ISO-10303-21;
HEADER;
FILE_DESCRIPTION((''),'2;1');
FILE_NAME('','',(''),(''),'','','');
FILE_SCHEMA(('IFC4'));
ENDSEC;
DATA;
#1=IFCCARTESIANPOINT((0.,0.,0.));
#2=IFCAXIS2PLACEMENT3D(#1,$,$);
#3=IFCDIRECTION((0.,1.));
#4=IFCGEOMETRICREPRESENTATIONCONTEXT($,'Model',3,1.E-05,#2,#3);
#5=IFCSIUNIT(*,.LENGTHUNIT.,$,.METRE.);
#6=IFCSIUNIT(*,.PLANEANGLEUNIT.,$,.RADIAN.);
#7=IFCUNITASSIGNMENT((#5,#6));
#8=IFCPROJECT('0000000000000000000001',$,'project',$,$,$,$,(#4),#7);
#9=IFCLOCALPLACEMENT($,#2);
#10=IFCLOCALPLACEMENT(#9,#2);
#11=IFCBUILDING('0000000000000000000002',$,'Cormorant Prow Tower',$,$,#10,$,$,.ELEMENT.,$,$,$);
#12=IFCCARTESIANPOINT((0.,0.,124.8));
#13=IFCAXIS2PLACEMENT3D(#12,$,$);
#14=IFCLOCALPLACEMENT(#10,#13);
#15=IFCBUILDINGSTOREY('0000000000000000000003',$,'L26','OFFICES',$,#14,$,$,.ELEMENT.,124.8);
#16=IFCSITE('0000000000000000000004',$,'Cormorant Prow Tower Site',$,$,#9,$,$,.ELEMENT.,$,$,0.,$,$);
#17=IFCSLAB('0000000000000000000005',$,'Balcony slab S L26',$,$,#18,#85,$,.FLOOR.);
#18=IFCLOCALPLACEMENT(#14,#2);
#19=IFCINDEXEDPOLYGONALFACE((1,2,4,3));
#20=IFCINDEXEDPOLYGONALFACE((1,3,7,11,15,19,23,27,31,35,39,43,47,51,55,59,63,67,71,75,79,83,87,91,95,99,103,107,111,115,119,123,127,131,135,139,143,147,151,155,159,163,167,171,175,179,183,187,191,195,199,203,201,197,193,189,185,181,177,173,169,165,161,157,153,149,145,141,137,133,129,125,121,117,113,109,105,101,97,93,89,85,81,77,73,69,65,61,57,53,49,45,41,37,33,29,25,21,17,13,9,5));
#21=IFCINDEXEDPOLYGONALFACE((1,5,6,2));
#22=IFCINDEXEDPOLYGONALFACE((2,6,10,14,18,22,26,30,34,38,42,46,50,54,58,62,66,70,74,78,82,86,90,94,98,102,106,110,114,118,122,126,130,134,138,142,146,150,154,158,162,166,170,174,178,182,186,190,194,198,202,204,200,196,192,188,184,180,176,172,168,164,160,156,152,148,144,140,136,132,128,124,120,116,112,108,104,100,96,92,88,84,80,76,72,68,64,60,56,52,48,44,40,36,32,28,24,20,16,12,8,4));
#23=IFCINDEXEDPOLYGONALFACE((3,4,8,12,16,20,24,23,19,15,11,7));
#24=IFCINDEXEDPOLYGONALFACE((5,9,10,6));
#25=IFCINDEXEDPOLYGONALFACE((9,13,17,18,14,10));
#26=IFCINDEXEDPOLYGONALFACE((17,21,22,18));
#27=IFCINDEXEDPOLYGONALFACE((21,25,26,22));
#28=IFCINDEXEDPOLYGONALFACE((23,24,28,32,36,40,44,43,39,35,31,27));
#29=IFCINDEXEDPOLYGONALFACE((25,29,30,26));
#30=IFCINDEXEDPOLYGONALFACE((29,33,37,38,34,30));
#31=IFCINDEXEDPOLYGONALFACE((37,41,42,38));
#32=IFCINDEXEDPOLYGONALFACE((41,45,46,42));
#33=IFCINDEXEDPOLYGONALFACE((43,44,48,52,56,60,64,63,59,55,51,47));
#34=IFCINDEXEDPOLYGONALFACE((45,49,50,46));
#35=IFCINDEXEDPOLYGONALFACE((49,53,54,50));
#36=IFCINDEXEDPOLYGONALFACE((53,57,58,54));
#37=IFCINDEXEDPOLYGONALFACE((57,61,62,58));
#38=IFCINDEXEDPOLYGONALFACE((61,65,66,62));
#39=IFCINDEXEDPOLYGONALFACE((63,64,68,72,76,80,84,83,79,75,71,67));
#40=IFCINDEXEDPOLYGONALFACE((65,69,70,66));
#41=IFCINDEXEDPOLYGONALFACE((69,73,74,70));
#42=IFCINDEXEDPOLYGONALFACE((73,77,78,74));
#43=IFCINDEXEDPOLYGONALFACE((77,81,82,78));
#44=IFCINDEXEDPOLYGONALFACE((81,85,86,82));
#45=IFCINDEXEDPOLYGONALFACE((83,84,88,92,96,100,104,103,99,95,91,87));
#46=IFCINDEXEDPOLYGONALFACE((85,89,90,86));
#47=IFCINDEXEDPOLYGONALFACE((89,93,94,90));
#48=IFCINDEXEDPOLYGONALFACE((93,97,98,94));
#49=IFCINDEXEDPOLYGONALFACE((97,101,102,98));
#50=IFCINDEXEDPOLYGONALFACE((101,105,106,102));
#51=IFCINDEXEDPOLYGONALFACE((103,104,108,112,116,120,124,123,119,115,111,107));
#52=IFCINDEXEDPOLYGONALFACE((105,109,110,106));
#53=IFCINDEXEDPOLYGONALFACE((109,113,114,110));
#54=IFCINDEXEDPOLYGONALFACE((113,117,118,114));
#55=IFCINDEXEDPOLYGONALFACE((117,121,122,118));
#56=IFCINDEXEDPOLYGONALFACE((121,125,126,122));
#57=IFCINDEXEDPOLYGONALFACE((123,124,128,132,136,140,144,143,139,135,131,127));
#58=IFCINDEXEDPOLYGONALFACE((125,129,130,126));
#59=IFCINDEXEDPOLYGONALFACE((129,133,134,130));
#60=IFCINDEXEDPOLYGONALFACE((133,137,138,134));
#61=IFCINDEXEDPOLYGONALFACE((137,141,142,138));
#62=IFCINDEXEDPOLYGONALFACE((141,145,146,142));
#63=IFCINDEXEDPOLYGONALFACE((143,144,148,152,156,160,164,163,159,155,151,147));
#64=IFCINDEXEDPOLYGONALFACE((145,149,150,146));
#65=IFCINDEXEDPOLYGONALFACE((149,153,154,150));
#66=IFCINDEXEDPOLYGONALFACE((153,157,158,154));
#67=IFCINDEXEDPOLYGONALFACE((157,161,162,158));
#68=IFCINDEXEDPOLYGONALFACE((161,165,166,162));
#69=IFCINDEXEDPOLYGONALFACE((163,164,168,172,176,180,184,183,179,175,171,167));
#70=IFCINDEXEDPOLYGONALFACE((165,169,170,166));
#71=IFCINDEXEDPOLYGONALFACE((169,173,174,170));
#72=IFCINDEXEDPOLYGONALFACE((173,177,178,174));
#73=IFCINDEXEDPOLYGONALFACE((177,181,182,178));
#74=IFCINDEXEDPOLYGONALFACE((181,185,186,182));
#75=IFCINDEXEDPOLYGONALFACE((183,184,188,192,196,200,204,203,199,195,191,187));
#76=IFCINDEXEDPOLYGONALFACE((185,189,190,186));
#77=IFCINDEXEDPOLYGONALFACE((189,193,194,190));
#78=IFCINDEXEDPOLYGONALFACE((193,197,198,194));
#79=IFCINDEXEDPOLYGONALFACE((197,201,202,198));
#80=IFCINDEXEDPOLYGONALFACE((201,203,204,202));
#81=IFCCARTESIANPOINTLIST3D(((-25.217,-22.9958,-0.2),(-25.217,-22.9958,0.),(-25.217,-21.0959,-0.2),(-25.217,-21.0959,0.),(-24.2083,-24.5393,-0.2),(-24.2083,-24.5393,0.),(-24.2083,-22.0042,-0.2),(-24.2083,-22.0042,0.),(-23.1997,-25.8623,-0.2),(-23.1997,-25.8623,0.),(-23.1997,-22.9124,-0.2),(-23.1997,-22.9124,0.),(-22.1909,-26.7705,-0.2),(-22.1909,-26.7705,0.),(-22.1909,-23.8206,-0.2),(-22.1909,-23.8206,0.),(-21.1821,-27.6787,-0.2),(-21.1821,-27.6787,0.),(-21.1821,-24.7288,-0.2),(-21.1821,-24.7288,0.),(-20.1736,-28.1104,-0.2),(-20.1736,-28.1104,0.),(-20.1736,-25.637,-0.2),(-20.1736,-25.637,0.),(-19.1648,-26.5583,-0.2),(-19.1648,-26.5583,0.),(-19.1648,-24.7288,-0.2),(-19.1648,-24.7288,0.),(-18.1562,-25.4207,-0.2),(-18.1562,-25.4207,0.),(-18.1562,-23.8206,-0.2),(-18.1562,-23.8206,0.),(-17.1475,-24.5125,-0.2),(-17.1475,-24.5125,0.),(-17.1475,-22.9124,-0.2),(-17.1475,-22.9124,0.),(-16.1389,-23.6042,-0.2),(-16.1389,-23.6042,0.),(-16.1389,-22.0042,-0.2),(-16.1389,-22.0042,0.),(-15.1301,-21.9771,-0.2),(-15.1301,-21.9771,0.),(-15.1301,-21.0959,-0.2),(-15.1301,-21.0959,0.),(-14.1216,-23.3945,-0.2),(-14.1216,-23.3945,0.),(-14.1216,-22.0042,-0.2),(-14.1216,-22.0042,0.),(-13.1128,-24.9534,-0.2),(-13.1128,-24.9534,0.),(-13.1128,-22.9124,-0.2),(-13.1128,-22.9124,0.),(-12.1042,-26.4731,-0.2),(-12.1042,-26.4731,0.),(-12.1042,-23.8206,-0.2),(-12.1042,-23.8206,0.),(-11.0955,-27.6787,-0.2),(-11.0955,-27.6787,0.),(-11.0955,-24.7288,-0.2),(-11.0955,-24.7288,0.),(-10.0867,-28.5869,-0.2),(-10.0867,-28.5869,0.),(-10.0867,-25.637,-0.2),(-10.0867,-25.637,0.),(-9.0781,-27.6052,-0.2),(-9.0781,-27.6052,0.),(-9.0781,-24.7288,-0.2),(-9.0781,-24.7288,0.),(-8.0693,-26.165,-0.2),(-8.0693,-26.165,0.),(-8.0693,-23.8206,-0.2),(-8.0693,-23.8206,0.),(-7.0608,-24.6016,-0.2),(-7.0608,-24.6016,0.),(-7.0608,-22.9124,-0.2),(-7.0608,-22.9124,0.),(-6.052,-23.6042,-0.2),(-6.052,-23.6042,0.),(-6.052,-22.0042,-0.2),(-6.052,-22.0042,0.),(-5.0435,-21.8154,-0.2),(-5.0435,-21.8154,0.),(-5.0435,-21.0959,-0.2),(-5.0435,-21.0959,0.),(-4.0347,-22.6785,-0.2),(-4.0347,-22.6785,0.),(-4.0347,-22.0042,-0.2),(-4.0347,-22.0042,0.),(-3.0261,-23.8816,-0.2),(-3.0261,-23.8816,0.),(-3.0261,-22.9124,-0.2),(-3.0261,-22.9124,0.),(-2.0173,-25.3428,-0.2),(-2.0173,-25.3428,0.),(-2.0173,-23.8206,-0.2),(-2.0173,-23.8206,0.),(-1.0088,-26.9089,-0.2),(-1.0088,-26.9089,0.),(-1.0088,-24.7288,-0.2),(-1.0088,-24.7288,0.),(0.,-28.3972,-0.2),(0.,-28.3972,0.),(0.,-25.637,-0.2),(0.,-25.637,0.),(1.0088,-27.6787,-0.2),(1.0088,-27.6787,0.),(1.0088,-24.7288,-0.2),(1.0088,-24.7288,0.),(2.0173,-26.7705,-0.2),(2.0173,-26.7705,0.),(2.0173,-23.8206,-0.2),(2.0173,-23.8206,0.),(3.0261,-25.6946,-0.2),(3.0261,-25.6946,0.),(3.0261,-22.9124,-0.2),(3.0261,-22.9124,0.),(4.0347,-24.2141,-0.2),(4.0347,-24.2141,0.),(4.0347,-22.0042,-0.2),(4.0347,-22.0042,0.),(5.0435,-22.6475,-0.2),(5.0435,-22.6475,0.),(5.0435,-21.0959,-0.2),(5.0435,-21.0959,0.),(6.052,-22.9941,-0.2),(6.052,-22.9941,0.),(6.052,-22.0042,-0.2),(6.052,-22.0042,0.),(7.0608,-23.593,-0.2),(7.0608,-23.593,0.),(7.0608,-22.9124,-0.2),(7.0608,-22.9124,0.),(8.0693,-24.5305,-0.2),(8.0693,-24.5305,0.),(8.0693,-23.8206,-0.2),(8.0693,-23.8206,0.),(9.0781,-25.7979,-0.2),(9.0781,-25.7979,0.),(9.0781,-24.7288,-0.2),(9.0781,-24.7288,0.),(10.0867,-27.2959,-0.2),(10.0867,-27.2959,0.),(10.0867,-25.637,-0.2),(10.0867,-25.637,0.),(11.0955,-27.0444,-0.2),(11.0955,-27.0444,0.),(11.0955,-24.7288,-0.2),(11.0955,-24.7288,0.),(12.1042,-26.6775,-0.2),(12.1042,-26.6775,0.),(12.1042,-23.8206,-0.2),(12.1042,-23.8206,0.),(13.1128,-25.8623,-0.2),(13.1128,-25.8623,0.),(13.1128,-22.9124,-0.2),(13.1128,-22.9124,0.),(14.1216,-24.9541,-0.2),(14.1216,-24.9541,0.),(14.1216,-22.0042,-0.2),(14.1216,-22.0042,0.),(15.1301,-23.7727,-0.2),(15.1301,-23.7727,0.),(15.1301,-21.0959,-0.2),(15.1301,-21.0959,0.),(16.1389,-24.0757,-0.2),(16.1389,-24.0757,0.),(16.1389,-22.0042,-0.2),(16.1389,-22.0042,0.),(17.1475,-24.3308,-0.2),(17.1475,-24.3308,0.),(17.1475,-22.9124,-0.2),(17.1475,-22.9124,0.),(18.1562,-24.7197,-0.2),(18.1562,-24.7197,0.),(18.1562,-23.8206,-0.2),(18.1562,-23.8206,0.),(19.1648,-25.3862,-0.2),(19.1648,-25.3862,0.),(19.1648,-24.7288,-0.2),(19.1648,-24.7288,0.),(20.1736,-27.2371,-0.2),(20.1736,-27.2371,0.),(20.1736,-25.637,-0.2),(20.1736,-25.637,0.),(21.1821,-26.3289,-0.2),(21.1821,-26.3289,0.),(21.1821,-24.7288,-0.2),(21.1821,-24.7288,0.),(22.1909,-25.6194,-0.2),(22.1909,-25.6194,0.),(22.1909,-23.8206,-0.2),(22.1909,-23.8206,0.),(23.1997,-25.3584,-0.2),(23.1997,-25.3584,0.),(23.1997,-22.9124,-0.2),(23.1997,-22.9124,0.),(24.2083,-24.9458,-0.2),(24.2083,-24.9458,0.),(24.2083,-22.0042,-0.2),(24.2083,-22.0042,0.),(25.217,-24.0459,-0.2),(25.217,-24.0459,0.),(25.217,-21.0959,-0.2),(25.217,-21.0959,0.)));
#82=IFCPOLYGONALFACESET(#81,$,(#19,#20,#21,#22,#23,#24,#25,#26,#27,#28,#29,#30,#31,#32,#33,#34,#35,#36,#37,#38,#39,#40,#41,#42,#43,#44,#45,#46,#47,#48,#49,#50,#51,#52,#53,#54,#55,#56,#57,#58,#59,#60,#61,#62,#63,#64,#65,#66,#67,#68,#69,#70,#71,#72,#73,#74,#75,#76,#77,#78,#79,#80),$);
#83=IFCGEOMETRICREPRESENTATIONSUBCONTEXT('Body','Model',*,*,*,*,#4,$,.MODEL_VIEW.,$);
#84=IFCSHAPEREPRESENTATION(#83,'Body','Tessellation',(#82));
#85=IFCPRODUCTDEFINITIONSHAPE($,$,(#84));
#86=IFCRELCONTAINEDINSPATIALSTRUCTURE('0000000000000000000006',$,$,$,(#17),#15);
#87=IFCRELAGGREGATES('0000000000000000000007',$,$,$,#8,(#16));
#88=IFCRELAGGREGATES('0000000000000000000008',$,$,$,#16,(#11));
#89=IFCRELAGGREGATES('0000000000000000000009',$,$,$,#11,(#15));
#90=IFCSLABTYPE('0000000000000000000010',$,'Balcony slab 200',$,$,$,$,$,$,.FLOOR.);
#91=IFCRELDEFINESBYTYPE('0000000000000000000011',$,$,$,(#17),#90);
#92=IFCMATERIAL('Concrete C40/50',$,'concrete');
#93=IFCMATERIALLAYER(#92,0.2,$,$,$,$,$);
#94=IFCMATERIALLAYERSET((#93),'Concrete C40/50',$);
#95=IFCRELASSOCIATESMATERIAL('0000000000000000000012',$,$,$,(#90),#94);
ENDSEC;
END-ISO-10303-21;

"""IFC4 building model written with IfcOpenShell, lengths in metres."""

from ifc_helpers import new_model, si_unit, direction, frame, origin, place, context, subcontext, project, spatial, polyline, outline, extrude, material, layer, layer_set, type_object, element, save


model = new_model("IFC4")

# Units and contexts
model_context = context("Model", 3, precision=1e-05, world=origin(), true_north=direction((0.0, 1.0)))
body_context = subcontext(model_context, "Body", "Model", "MODEL_VIEW")
ifc_project = project(units=[si_unit("LENGTHUNIT", "METRE"), si_unit("PLANEANGLEUNIT", "RADIAN")], contexts=[model_context])

# Site, building, storey
site_placement = place(None, origin())
site = spatial("IfcSite", under=ifc_project, at=site_placement, Name="Cormorant Prow Tower Site", CompositionType="ELEMENT", RefElevation=0.0)
building_placement = place(site_placement, origin())
building = spatial("IfcBuilding", under=site, at=building_placement, Name="Cormorant Prow Tower", CompositionType="ELEMENT")
storey_placement = place(building_placement, frame((0.0, 0.0, 124.8)))
storey = spatial("IfcBuildingStorey", under=building, at=storey_placement, Name="L26", Description="OFFICES", CompositionType="ELEMENT", Elevation=124.8)

# Slab
ifc_material_1 = material(Name="Concrete C40/50", Category="concrete")
ifc_layer_1 = layer(ifc_material_1, 0.2)
ifc_layer_set_1 = layer_set([ifc_layer_1], Name="Concrete C40/50")
slab_type_1 = type_object("IfcSlabType", Name="Balcony slab 200", PredefinedType="FLOOR", material=ifc_layer_set_1)
slab_1_placement = place(storey_placement, frame((0.0, 0.0, -0.2)))
element("IfcSlab", 1, at=slab_1_placement, inside=storey, type_object=slab_type_1, Name="Balcony slab S L26", PredefinedType="FLOOR", context=body_context, shape_type="SweptSolid", body=[
    extrude(outline(polyline([(-25.217, -21.0959), (-25.217, -22.9958), (-24.2083, -24.5393), (-23.1997, -25.8623), (-22.1909, -26.7705), (-21.1821, -27.6787), (-20.1736, -28.1104), (-19.1648, -26.5583), (-18.1562, -25.4207), (-17.1475, -24.5125), (-16.1389, -23.6042), (-15.1301, -21.9771), (-14.1216, -23.3945), (-13.1128, -24.9534), (-12.1042, -26.4731), (-11.0955, -27.6787), (-10.0867, -28.5869), (-9.0781, -27.6052), (-8.0693, -26.165), (-7.0608, -24.6016), (-6.052, -23.6042), (-5.0435, -21.8154), (-4.0347, -22.6785), (-3.0261, -23.8816), (-2.0173, -25.3428), (-1.0088, -26.9089), (0.0, -28.3972), (1.0088, -27.6787), (2.0173, -26.7705), (3.0261, -25.6946), (4.0347, -24.2141), (5.0435, -22.6475), (6.052, -22.9941), (7.0608, -23.593), (8.0693, -24.5305), (9.0781, -25.7979), (10.0867, -27.2959), (11.0955, -27.0444), (12.1042, -26.6775), (13.1128, -25.8623), (14.1216, -24.9541), (15.1301, -23.7727), (16.1389, -24.0757), (17.1475, -24.3308), (18.1562, -24.7197), (19.1648, -25.3862), (20.1736, -27.2371), (21.1821, -26.3289), (22.1909, -25.6194), (23.1997, -25.3584), (24.2083, -24.9458), (25.217, -24.0459), (25.217, -21.0959), (24.2083, -22.0042), (23.1997, -22.9124), (22.1909, -23.8206), (21.1821, -24.7288), (20.1736, -25.637), (19.1648, -24.7288), (18.1562, -23.8206), (17.1475, -22.9124), (16.1389, -22.0042), (15.1301, -21.0959), (14.1216, -22.0042), (13.1128, -22.9124), (12.1042, -23.8206), (11.0955, -24.7288), (10.0867, -25.637), (9.0781, -24.7288), (8.0693, -23.8206), (7.0608, -22.9124), (6.052, -22.0042), (5.0435, -21.0959), (4.0347, -22.0042), (3.0261, -22.9124), (2.0173, -23.8206), (1.0088, -24.7288), (0.0, -25.637), (-1.0088, -24.7288), (-2.0173, -23.8206), (-3.0261, -22.9124), (-4.0347, -22.0042), (-5.0435, -21.0959), (-6.052, -22.0042), (-7.0608, -22.9124), (-8.0693, -23.8206), (-9.0781, -24.7288), (-10.0867, -25.637), (-11.0955, -24.7288), (-12.1042, -23.8206), (-13.1128, -22.9124), (-14.1216, -22.0042), (-15.1301, -21.0959), (-16.1389, -22.0042), (-17.1475, -22.9124), (-18.1562, -23.8206), (-19.1648, -24.7288), (-20.1736, -25.637), (-21.1821, -24.7288), (-22.1909, -23.8206), (-23.1997, -22.9124), (-24.2083, -22.0042), (-25.217, -21.0959)])), origin(), (0.0, 0.0, 1.0), 0.2),
])

save(model, "model.ifc")
